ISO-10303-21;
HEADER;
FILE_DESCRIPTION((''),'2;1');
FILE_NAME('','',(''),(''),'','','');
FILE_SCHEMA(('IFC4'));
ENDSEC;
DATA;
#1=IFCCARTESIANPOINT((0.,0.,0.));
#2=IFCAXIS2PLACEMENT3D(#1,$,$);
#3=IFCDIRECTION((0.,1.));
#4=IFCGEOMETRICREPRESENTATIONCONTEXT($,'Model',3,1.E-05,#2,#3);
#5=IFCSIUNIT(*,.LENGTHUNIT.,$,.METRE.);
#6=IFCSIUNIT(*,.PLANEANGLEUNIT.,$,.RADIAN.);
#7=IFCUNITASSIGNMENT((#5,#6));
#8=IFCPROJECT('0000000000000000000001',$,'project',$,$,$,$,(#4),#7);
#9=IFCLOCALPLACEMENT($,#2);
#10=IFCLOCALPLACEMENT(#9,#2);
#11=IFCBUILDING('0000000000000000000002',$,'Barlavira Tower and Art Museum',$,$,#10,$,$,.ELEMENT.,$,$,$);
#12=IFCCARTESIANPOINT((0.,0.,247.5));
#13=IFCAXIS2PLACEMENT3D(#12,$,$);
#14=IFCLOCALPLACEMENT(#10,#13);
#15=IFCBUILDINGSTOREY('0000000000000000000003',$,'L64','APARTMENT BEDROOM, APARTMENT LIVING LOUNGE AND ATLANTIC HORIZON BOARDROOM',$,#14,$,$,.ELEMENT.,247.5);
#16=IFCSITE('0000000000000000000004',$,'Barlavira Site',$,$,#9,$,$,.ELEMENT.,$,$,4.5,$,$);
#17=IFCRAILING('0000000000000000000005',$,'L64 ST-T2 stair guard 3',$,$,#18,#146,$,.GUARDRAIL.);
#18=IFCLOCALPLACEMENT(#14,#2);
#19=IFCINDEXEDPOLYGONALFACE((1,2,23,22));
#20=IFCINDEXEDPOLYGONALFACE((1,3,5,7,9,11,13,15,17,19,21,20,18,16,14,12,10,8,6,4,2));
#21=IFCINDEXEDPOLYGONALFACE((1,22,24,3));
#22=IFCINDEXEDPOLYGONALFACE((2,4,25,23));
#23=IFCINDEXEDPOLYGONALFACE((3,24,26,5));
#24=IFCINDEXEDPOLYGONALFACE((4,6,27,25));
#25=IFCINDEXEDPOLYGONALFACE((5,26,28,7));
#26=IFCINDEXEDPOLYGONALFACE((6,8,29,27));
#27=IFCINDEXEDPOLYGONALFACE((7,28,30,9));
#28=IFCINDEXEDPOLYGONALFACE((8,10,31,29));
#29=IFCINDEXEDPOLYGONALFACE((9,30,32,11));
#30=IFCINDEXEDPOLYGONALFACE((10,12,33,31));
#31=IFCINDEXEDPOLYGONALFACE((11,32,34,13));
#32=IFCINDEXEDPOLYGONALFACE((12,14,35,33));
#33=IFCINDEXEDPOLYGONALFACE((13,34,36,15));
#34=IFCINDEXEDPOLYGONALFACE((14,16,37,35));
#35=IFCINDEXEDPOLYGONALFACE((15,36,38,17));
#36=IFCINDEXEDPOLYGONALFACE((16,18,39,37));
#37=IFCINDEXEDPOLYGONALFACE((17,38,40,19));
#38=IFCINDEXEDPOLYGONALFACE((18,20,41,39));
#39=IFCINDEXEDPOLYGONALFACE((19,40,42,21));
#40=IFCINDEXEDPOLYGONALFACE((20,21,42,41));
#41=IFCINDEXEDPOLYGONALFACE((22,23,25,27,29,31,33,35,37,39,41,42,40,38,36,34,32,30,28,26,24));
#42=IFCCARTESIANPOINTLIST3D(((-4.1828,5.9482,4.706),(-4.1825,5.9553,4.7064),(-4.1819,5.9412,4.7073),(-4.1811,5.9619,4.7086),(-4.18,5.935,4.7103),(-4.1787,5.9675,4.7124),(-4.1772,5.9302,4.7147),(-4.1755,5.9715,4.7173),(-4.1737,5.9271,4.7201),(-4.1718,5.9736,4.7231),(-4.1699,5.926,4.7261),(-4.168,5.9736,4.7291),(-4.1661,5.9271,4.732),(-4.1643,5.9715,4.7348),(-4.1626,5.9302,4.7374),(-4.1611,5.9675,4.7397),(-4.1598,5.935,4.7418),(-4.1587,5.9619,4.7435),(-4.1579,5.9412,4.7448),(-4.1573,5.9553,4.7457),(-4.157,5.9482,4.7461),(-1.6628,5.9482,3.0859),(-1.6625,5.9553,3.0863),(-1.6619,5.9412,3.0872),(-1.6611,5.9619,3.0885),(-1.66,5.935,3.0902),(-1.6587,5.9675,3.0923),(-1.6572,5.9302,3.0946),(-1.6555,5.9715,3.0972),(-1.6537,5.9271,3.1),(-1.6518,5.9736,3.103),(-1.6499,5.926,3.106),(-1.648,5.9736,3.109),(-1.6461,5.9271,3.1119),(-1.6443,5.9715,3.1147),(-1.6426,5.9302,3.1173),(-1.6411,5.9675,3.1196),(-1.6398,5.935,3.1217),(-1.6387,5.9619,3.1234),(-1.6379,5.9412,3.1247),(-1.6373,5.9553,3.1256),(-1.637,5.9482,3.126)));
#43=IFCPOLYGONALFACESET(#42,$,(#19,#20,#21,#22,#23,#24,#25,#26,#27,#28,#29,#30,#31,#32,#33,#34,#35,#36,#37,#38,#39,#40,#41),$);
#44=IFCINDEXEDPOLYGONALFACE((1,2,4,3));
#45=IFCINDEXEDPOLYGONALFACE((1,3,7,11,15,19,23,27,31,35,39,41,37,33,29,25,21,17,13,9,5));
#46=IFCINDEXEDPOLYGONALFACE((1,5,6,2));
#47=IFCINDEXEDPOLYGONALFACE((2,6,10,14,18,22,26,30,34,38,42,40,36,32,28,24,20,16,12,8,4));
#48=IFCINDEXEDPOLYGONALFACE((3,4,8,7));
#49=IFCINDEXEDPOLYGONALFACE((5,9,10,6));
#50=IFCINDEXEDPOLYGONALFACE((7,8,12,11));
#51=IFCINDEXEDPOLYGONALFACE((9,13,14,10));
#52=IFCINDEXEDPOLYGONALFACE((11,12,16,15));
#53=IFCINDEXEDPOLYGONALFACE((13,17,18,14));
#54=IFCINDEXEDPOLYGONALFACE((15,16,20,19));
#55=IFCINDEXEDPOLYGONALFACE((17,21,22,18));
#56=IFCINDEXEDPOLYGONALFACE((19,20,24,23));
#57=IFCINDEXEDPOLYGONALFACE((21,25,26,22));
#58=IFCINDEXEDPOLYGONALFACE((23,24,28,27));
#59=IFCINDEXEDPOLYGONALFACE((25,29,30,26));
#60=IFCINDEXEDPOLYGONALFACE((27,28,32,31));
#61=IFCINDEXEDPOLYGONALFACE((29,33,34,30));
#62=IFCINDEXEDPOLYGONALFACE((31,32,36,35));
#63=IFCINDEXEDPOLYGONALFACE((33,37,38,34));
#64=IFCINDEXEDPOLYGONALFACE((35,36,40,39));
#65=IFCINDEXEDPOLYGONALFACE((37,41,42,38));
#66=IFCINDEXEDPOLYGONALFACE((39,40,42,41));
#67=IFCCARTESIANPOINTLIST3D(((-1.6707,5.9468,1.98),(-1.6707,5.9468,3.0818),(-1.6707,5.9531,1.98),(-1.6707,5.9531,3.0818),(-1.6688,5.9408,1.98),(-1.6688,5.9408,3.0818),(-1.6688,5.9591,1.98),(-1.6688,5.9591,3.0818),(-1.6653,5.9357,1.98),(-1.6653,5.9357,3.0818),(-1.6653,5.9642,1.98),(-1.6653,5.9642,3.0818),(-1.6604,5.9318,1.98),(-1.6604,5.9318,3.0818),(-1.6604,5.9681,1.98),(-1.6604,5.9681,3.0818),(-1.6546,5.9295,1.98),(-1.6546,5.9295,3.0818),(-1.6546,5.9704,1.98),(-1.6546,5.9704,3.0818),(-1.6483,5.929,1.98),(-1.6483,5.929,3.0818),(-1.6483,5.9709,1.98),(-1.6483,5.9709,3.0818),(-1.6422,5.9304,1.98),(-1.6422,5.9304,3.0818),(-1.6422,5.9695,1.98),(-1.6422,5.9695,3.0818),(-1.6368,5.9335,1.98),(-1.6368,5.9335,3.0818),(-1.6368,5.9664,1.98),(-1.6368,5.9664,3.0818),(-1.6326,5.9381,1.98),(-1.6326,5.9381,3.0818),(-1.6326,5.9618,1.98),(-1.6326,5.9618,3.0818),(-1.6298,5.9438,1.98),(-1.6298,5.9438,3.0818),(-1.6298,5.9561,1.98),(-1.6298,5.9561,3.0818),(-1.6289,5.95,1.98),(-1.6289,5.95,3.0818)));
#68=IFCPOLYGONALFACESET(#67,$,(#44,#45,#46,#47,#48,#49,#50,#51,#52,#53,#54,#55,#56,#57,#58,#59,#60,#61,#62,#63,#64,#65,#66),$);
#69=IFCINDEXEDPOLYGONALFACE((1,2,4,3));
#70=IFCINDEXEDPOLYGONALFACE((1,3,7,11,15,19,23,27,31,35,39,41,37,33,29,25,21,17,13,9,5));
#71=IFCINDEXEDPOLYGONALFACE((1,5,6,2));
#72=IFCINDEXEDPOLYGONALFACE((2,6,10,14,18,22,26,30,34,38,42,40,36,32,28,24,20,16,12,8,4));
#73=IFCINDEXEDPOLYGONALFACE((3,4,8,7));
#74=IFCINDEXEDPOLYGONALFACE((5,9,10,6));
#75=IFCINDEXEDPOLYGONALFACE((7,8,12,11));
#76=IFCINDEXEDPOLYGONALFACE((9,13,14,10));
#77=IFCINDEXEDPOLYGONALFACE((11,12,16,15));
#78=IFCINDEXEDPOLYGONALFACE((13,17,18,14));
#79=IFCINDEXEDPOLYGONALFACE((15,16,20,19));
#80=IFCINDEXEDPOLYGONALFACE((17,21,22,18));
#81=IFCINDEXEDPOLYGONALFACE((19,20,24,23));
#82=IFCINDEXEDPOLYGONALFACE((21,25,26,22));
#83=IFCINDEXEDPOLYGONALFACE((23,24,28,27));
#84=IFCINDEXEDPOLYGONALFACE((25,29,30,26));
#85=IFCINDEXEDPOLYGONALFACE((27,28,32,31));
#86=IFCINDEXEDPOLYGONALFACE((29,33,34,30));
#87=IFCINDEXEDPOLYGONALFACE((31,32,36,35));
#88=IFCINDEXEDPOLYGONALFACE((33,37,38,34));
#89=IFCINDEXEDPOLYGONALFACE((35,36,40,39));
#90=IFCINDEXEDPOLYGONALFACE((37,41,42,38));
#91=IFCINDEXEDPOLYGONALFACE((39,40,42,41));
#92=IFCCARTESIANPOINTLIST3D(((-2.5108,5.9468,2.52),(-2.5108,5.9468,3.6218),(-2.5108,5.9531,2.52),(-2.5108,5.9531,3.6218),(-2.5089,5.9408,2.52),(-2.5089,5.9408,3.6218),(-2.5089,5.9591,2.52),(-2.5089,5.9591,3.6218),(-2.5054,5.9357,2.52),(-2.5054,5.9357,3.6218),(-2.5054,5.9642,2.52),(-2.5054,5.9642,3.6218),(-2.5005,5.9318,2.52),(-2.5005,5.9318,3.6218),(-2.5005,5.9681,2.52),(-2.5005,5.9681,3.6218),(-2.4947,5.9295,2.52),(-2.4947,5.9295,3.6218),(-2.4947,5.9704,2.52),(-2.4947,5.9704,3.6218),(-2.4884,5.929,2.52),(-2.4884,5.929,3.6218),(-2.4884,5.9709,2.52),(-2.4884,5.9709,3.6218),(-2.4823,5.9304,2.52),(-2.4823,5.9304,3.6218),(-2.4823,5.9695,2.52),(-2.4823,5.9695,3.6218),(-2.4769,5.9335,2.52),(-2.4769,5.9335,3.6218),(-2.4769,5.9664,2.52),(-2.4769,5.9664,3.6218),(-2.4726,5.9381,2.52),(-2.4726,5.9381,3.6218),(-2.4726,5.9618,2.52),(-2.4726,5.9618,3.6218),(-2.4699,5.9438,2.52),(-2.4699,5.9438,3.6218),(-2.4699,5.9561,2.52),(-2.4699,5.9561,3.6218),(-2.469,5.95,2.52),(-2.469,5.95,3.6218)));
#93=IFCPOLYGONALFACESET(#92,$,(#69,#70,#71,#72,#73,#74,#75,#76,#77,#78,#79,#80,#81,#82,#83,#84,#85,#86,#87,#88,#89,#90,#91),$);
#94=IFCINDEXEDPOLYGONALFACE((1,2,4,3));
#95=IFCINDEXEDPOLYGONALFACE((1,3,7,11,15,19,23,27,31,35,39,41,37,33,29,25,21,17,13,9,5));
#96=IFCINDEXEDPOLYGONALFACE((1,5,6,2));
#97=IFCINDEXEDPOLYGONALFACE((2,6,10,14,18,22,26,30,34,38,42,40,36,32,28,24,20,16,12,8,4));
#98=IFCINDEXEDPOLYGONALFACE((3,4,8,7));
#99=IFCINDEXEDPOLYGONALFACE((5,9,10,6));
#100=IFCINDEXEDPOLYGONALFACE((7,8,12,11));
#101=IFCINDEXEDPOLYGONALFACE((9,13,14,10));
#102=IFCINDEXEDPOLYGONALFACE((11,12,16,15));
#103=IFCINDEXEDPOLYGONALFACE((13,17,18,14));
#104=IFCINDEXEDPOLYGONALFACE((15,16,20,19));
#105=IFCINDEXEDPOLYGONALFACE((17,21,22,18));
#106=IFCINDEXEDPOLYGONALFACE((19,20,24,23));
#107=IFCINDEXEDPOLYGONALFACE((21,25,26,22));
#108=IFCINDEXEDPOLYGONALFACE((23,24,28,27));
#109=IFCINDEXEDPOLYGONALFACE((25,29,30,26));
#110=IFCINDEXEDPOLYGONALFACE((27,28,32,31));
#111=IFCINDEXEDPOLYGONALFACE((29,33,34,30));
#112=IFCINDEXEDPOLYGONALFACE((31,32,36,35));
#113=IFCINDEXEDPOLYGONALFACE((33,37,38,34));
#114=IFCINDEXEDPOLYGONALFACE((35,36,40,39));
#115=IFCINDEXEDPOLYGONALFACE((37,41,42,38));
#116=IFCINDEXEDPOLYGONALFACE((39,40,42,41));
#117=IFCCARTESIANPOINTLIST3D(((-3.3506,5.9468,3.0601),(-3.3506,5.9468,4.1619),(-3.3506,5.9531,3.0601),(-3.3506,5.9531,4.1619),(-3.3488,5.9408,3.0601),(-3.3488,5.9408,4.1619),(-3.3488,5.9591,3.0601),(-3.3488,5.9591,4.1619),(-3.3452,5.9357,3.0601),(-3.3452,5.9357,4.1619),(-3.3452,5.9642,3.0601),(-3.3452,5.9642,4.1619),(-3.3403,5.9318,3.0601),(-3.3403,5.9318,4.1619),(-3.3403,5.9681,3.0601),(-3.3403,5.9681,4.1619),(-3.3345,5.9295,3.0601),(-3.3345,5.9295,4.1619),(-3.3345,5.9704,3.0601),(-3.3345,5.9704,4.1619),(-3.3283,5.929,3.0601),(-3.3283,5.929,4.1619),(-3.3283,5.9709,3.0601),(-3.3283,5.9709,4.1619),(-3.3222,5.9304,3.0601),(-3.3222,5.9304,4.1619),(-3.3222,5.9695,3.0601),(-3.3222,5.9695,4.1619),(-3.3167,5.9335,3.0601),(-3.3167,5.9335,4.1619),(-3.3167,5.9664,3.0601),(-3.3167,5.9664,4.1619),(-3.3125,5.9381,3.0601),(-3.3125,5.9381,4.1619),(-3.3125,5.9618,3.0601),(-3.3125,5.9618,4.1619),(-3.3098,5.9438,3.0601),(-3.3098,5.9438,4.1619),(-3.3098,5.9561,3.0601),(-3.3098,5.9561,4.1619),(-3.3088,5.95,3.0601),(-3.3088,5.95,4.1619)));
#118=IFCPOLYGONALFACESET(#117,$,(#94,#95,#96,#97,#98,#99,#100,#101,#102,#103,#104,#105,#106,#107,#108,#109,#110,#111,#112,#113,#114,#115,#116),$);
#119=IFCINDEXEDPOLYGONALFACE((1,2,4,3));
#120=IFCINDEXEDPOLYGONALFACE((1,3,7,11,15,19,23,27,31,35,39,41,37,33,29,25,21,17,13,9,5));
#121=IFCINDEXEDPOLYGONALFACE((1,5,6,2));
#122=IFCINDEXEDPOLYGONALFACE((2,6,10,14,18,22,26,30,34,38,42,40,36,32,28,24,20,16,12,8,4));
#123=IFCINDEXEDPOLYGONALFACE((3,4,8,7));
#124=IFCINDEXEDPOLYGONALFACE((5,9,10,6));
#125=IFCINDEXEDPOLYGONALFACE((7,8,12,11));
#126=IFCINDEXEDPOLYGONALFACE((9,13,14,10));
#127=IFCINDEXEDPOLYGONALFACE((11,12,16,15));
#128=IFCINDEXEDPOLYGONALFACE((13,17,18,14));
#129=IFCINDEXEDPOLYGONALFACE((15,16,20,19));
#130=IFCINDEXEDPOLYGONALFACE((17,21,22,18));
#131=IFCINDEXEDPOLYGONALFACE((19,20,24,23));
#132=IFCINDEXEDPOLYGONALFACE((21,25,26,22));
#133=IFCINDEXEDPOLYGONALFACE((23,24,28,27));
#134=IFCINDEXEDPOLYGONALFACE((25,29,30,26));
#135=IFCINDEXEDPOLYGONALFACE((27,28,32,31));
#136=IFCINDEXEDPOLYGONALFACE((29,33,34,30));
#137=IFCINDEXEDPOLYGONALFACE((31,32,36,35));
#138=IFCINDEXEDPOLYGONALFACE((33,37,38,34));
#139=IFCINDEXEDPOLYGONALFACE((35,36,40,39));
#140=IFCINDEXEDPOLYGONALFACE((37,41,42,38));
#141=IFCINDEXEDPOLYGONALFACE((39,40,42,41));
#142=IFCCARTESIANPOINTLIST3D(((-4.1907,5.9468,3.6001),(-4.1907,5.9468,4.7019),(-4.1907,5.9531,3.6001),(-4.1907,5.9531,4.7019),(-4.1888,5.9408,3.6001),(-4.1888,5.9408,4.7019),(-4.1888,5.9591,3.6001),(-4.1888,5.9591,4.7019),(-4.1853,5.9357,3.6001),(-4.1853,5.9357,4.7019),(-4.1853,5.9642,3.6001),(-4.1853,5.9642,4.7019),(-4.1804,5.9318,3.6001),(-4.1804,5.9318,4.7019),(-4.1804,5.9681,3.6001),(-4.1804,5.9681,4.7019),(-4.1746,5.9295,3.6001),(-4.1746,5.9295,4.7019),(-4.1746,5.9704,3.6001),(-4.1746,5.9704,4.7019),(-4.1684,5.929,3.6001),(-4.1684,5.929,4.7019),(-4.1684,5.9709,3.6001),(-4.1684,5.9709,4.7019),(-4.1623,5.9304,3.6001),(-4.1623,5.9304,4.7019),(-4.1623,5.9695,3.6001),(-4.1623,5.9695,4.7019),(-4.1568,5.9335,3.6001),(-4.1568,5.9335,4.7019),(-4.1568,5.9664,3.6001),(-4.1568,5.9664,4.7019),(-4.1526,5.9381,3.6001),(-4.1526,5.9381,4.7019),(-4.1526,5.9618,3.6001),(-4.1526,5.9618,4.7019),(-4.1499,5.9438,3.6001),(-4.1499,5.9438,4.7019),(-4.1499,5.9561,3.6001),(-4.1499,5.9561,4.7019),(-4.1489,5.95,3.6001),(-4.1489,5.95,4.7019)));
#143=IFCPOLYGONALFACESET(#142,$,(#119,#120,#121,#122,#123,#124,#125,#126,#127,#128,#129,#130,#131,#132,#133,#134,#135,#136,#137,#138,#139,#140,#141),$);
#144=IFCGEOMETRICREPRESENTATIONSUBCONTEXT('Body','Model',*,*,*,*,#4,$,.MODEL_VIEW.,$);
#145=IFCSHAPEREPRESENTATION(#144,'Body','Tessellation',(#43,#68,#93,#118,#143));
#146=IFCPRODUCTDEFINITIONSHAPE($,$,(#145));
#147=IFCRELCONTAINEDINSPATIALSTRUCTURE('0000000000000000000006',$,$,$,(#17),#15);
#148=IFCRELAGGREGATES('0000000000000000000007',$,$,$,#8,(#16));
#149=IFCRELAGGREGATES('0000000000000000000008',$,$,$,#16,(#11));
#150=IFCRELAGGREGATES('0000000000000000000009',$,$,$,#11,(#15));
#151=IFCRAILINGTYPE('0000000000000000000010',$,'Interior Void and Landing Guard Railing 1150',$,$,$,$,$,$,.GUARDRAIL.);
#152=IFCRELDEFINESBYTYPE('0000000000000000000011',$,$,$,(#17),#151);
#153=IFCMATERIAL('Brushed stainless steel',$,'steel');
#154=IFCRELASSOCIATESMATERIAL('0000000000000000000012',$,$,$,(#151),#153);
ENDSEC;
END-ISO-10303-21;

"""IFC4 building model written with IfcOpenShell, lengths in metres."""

from ifc_helpers import new_model, si_unit, direction, frame, origin, origin_2d, place, context, subcontext, project, spatial, circle, extrude, material, type_object, element, save


model = new_model("IFC4")

# Units and contexts
model_context = context("Model", 3, precision=1e-05, world=origin(), true_north=direction((0.0, 1.0)))
body_context = subcontext(model_context, "Body", "Model", "MODEL_VIEW")
ifc_project = project(units=[si_unit("LENGTHUNIT", "METRE"), si_unit("PLANEANGLEUNIT", "RADIAN")], contexts=[model_context])

# Site, building, storey
site_placement = place(None, origin())
site = spatial("IfcSite", under=ifc_project, at=site_placement, Name="Barlavira Site", CompositionType="ELEMENT", RefElevation=4.5)
building_placement = place(site_placement, origin())
building = spatial("IfcBuilding", under=site, at=building_placement, Name="Barlavira Tower and Art Museum", CompositionType="ELEMENT")
storey_placement = place(building_placement, frame((0.0, 0.0, 247.5)))
storey = spatial("IfcBuildingStorey", under=building, at=storey_placement, Name="L64", Description="APARTMENT BEDROOM, APARTMENT LIVING LOUNGE AND ATLANTIC HORIZON BOARDROOM", CompositionType="ELEMENT", Elevation=247.5)

# Shared definitions
ifc_material_1 = material(Name="Brushed stainless steel", Category="steel")

# Railing
railing_type_1 = type_object("IfcRailingType", Name="Interior Void and Landing Guard Railing 1150", PredefinedType="GUARDRAIL", material=ifc_material_1)
railing_1_placement = place(storey_placement, frame((-1.6499, 5.95, 1.98)))
element("IfcRailing", 1, at=railing_1_placement, inside=storey, type_object=railing_type_1, Name="L64 ST-T2 stair guard 3", PredefinedType="GUARDRAIL", context=body_context, shape_type="SweptSolid", body=[
    extrude(circle(Radius=0.0239, at=origin_2d()), frame((0.0, 0.0, 1.126), z_axis=(-0.841163, 0.0, 0.540782), x_axis=(0.0, -1.0, 0.0)), (0.0, 0.0, 1.0), 2.9958),
    extrude(circle(Radius=0.021, at=origin_2d()), origin(), (0.0, 0.0, 1.0), 1.1018),
    extrude(circle(Radius=0.021, at=origin_2d()), frame((-0.8401, 0.0, 0.54)), (0.0, 0.0, 1.0), 1.1018),
    extrude(circle(Radius=0.021, at=origin_2d()), frame((-1.6799, 0.0, 1.0801)), (0.0, 0.0, 1.0), 1.1018),
    extrude(circle(Radius=0.021, at=origin_2d()), frame((-2.52, 0.0, 1.6201)), (0.0, 0.0, 1.0), 1.1018),
])

save(model, "model.ifc")
